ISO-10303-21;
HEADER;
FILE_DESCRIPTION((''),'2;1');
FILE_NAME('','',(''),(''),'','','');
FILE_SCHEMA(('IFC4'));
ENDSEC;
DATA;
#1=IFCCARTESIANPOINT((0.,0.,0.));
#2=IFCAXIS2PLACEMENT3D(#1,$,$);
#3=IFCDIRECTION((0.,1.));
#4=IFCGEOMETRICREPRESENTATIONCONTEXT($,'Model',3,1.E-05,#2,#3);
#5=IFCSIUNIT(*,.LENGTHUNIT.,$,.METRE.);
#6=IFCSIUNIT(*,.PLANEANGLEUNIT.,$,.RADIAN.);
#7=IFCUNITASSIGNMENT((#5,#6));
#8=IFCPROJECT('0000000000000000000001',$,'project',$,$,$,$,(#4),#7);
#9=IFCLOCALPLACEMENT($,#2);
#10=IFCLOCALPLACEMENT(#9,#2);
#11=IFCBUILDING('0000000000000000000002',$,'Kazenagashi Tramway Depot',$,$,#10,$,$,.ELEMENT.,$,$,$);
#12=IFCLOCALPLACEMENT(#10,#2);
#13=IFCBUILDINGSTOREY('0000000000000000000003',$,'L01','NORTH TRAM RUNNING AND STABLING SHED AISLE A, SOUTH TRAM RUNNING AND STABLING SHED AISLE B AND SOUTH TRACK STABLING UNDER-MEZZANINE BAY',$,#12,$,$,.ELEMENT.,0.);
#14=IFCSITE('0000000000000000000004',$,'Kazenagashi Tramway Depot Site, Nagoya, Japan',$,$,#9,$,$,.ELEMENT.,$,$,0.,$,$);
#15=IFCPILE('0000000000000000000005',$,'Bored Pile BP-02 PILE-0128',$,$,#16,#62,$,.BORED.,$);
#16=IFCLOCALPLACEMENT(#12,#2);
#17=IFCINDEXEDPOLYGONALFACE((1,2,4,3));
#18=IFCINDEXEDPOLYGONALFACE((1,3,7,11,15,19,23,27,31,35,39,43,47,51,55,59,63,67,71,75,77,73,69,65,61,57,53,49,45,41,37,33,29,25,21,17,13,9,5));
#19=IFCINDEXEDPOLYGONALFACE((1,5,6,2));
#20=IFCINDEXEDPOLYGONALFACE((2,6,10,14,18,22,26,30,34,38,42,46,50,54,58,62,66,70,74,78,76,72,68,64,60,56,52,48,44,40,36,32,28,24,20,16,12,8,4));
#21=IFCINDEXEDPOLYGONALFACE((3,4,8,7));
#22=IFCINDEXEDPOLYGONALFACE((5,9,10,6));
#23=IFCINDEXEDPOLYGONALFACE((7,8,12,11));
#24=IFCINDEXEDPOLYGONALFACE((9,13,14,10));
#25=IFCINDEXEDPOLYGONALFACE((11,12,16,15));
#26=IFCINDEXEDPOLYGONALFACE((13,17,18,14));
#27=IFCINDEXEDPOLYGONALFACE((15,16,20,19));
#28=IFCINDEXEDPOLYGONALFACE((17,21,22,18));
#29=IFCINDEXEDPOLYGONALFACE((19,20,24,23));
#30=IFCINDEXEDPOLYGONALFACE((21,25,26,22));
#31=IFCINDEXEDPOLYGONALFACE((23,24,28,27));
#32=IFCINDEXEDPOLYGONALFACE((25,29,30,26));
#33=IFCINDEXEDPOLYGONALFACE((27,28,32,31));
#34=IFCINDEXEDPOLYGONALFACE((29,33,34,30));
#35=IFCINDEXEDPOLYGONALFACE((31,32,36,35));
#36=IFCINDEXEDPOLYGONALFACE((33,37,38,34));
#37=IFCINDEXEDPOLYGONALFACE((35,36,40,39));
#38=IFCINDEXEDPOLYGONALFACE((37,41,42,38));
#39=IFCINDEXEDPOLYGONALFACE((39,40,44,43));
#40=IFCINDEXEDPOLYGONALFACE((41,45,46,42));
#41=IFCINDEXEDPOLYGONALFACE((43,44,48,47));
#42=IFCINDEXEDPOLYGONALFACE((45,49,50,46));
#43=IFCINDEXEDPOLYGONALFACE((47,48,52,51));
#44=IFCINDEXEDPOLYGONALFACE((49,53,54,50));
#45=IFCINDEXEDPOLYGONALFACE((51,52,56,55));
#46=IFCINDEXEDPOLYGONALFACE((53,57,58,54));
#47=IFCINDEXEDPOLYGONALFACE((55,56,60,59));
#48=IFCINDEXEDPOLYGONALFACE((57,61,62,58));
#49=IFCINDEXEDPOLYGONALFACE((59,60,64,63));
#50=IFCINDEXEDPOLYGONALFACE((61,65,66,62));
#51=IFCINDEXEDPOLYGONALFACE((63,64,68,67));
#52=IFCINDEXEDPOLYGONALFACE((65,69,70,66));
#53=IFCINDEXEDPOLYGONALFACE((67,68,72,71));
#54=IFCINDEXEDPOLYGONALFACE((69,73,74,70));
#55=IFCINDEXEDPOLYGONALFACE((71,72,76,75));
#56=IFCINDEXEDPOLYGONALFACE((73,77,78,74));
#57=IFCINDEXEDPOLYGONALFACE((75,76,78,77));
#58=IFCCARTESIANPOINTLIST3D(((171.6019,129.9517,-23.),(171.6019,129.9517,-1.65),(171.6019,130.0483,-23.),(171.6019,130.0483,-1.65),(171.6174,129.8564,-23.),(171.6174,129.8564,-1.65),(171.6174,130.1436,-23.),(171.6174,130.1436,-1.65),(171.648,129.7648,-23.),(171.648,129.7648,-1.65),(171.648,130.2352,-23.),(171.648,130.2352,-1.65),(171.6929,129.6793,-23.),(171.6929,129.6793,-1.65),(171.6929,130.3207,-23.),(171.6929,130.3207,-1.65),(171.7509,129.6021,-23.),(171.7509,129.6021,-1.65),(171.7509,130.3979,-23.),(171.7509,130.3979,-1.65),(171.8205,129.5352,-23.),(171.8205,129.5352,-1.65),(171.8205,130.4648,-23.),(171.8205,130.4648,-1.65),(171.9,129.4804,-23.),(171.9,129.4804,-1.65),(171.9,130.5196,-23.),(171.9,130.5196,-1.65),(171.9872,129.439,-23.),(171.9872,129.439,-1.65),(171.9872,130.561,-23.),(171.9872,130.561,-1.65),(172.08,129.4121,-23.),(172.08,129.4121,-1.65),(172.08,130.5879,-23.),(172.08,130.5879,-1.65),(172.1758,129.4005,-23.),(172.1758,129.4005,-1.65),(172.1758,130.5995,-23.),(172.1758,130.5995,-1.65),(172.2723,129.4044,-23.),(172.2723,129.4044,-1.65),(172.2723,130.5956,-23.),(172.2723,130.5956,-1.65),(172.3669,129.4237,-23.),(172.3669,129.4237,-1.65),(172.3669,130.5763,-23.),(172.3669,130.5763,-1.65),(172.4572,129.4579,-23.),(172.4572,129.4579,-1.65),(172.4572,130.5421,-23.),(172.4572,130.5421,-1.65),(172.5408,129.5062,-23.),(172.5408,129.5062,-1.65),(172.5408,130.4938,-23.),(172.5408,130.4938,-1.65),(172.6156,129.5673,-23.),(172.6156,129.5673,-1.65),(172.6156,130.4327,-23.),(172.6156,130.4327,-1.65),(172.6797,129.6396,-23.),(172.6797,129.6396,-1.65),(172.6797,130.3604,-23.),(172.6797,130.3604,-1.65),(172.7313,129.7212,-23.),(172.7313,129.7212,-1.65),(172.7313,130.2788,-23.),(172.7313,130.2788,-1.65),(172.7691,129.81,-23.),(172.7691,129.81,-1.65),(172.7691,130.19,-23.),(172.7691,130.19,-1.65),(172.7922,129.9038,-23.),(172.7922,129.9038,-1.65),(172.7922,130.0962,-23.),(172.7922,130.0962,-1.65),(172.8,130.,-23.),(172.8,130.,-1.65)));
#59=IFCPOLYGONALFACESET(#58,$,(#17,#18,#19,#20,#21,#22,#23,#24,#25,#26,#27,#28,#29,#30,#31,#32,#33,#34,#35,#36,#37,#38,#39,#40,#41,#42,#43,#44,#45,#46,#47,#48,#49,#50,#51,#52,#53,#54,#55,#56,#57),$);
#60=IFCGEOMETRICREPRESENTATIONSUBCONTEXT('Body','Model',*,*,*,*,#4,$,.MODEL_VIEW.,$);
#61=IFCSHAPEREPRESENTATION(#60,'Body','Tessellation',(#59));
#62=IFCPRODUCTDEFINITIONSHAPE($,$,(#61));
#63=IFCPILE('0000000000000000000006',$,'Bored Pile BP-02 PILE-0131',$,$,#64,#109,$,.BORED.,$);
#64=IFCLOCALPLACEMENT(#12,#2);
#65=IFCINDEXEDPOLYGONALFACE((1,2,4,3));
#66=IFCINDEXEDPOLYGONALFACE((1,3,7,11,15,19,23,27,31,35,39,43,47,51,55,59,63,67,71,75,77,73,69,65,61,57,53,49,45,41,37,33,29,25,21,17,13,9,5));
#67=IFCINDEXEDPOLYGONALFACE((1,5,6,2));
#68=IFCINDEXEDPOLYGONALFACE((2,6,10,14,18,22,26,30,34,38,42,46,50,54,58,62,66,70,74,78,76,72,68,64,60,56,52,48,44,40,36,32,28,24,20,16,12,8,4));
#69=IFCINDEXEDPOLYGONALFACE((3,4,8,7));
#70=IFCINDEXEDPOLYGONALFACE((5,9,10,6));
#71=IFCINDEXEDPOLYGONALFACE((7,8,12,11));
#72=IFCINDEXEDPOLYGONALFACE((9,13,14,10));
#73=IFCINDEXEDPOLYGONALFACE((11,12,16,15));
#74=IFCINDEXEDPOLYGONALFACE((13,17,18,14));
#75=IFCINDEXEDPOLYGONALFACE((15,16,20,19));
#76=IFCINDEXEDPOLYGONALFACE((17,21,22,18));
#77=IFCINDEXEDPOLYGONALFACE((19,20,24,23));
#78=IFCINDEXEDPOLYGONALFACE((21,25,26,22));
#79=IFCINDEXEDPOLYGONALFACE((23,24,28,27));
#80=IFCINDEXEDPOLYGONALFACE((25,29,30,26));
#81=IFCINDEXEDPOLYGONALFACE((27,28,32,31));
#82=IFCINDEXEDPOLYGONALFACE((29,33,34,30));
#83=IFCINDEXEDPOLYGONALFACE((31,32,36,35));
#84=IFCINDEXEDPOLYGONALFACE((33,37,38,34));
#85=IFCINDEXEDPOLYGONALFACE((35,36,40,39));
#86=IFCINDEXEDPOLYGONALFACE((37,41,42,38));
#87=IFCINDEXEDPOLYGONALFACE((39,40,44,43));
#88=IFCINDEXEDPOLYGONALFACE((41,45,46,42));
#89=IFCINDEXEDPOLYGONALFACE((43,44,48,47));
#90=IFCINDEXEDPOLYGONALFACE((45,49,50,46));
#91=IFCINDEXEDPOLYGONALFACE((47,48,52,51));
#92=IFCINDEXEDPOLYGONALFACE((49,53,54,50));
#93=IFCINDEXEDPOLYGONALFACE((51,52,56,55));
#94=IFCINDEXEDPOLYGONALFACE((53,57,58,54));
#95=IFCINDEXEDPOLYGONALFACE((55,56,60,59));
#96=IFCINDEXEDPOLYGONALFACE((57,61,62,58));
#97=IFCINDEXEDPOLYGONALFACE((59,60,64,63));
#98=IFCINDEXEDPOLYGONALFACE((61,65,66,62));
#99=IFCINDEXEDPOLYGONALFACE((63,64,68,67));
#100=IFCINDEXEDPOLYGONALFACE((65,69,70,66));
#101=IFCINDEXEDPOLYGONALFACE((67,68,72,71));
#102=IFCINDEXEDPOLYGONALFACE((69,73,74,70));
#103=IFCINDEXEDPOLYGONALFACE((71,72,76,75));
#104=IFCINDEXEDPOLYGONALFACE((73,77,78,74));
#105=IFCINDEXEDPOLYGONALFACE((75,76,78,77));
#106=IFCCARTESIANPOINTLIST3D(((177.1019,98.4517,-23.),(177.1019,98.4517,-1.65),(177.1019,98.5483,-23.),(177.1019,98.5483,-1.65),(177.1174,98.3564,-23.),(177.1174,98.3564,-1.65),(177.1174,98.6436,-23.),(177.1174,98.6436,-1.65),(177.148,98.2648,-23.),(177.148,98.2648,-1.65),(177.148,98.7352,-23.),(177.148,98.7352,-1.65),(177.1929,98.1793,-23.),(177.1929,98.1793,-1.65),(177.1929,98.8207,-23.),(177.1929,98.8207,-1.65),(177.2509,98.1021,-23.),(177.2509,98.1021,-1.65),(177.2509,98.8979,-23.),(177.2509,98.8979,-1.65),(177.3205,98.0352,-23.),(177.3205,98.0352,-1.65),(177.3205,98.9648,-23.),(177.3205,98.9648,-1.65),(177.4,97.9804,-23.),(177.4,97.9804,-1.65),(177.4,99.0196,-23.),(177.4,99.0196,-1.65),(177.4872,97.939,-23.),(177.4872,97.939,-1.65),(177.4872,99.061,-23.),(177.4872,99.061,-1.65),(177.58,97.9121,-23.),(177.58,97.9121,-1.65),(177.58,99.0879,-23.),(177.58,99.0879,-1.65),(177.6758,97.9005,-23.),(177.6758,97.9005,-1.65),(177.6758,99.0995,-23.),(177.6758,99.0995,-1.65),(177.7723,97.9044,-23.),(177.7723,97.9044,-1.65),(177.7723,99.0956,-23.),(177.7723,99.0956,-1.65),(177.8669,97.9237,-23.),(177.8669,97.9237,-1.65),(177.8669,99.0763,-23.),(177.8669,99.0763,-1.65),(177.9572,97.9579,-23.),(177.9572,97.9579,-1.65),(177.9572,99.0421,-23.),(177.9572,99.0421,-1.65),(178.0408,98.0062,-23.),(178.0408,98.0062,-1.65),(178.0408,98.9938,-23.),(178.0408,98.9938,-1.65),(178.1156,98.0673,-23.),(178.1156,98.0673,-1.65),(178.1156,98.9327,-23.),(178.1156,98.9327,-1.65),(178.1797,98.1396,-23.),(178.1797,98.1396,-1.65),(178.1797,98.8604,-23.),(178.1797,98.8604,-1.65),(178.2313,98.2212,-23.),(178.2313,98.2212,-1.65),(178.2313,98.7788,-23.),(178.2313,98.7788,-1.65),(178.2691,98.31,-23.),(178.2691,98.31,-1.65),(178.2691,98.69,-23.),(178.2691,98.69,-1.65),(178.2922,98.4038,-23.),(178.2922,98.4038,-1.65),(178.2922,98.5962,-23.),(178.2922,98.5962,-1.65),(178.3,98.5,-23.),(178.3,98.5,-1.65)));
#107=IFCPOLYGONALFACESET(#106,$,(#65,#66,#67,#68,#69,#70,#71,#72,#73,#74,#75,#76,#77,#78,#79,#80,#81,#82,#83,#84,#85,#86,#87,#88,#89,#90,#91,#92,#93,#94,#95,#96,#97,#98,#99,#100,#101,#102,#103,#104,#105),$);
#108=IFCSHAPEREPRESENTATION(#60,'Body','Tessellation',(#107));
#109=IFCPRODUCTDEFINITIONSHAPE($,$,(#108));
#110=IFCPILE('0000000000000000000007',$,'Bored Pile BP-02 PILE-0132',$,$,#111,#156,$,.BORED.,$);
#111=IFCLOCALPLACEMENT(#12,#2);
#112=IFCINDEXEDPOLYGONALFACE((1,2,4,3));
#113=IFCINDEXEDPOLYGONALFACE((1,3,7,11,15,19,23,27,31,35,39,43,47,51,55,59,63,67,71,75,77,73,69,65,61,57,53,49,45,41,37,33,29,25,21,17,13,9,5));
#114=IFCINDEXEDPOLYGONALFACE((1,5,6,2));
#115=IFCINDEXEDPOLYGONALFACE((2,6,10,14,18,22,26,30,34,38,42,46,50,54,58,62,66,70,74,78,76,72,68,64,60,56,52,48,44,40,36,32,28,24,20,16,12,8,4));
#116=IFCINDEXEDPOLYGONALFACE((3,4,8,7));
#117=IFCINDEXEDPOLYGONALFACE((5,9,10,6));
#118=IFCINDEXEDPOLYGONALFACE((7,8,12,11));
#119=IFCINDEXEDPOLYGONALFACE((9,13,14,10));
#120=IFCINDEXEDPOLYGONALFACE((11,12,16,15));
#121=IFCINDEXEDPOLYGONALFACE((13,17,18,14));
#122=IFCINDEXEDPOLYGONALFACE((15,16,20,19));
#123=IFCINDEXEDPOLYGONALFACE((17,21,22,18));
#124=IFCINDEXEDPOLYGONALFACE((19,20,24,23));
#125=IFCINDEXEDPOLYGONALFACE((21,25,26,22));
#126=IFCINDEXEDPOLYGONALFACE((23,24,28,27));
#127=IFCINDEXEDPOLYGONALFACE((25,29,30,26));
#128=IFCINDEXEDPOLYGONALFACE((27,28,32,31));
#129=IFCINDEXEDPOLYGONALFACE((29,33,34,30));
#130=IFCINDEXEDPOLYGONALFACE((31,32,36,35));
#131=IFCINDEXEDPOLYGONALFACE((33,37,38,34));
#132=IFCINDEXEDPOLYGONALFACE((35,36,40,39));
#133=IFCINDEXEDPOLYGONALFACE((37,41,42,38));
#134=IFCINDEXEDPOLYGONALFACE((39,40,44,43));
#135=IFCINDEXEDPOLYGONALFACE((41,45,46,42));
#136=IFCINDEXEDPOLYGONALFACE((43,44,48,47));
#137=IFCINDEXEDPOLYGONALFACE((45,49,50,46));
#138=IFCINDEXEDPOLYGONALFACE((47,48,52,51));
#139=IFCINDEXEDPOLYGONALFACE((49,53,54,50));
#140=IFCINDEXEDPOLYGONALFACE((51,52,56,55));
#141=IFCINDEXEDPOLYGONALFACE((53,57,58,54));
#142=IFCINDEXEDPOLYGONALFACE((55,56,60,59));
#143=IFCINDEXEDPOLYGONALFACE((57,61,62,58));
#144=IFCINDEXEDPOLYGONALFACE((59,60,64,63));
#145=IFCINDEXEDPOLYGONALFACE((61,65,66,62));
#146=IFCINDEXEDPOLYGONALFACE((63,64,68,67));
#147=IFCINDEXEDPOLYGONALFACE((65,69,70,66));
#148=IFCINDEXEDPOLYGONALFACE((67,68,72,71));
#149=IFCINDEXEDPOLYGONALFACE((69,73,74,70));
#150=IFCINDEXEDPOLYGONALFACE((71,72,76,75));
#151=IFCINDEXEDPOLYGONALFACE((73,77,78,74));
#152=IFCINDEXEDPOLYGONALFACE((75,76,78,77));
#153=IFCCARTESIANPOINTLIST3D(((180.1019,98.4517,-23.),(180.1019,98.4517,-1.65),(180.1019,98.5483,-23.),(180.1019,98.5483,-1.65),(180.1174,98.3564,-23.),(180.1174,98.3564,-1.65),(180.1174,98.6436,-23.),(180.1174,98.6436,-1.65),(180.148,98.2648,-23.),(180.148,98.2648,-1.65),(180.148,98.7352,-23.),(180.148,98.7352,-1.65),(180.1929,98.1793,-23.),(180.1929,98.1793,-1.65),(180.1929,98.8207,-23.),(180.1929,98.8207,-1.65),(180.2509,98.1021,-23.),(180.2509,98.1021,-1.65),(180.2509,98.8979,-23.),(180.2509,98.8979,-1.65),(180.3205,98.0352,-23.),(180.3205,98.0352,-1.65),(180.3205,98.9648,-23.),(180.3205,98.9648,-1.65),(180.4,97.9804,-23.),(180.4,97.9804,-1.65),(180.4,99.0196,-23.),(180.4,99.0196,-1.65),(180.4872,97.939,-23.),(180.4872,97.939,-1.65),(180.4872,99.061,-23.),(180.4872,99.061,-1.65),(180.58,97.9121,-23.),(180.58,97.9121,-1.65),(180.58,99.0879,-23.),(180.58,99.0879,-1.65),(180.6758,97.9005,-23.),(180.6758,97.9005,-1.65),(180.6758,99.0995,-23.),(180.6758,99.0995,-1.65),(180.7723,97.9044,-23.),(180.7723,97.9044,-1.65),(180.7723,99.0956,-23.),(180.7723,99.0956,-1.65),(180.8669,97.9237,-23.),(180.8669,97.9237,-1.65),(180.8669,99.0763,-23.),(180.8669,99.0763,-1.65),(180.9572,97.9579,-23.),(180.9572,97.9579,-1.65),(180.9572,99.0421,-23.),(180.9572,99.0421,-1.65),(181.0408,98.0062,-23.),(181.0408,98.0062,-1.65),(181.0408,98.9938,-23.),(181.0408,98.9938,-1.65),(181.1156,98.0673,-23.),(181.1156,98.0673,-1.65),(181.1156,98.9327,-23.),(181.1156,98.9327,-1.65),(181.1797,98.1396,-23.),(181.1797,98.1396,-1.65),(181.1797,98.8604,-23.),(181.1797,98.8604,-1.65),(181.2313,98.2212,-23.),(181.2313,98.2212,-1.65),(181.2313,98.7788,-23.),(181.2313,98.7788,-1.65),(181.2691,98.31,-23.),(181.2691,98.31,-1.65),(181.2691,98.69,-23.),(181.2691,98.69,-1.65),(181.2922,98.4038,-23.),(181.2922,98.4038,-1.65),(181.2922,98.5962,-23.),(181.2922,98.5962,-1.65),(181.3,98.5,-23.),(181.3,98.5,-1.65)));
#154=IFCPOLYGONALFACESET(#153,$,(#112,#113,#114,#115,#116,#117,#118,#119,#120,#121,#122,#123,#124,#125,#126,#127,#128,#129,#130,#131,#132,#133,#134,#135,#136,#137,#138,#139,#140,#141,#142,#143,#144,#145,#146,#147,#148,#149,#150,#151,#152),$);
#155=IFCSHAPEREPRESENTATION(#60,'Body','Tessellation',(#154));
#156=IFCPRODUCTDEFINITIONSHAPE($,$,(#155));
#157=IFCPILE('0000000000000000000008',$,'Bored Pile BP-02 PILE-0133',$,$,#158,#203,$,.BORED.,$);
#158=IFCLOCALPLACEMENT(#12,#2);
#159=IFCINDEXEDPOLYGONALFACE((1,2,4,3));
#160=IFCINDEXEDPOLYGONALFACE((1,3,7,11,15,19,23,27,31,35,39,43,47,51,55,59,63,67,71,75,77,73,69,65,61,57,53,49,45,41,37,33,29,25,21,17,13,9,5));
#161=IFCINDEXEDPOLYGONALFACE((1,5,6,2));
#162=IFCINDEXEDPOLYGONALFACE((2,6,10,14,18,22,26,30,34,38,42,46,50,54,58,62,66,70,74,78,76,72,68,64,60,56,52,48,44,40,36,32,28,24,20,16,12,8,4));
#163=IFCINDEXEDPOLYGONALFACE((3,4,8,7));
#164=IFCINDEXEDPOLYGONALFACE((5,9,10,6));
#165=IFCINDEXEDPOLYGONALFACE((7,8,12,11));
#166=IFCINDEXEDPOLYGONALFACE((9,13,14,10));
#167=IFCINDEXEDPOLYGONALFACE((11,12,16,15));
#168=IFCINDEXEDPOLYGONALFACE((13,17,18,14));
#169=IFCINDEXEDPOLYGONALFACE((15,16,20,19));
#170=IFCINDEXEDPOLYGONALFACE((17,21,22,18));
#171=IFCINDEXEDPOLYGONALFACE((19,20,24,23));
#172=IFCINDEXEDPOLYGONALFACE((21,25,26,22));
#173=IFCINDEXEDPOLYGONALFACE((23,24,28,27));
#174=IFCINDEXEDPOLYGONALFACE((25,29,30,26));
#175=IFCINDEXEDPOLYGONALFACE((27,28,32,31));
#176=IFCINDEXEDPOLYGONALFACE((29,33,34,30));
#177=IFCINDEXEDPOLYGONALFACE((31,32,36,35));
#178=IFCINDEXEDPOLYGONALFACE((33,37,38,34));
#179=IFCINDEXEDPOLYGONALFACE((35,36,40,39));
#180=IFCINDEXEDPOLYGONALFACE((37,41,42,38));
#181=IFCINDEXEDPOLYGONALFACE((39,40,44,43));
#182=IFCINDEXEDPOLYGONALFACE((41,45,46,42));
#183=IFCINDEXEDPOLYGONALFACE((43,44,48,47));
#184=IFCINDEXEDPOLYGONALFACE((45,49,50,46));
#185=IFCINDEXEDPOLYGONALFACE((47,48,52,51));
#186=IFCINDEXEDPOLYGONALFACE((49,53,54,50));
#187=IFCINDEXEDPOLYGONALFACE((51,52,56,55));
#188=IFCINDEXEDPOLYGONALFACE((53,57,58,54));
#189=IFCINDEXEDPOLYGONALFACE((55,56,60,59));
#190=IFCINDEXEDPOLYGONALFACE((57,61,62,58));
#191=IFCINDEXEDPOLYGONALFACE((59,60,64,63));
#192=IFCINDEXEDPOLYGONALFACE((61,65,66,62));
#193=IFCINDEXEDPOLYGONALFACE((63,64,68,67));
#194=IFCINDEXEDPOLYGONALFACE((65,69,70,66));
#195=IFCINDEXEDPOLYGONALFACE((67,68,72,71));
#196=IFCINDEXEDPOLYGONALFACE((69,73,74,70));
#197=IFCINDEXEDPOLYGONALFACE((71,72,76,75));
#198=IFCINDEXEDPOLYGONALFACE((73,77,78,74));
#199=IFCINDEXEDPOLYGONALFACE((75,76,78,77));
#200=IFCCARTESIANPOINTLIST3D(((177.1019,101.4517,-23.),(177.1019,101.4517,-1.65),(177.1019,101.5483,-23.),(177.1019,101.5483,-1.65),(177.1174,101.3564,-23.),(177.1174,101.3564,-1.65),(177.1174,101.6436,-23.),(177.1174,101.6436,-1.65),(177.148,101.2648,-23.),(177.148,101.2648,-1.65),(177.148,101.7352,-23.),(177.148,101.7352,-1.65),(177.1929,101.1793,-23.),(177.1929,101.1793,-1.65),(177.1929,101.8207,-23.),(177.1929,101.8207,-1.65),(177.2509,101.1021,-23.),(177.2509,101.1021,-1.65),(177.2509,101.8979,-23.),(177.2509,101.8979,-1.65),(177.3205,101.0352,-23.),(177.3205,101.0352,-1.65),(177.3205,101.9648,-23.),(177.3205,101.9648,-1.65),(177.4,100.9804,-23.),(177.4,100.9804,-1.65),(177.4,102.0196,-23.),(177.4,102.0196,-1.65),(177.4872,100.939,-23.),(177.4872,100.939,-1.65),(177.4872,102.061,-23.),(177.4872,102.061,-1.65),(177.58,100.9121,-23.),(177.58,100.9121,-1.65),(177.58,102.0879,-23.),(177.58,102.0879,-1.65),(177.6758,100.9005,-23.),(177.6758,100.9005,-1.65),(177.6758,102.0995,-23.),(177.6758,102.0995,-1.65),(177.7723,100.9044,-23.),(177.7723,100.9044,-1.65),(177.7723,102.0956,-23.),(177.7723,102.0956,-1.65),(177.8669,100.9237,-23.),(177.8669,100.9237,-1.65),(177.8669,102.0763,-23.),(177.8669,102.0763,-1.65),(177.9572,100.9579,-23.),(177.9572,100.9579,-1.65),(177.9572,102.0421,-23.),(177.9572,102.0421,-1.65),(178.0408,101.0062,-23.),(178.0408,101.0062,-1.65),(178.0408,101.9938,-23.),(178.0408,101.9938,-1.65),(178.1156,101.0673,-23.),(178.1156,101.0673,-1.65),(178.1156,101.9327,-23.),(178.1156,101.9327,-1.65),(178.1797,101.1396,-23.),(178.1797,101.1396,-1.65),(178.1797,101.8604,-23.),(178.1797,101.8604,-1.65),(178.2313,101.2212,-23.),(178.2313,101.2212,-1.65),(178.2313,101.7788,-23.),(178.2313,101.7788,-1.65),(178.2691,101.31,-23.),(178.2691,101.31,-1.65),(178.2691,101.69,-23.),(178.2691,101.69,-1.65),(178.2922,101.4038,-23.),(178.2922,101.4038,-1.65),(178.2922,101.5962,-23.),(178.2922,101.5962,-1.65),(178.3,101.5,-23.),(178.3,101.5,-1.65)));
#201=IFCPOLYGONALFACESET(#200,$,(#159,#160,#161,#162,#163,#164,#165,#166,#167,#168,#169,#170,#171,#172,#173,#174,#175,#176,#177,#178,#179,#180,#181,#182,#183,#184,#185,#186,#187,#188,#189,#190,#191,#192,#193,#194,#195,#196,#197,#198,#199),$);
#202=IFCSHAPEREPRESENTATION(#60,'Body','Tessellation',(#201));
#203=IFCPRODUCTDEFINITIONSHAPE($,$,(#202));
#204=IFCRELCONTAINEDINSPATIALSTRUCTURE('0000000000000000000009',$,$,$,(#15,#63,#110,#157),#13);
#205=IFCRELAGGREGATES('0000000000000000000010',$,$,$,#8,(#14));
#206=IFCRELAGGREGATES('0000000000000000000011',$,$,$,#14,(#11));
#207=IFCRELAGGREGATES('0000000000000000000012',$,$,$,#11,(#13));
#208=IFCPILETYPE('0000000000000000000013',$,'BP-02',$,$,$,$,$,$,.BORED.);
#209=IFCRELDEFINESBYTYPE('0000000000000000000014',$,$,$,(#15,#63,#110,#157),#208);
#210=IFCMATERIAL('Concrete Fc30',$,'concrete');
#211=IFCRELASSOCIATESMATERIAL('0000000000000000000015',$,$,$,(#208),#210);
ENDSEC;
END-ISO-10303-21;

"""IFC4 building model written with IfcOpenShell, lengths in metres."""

from ifc_helpers import new_model, si_unit, direction, frame, origin, origin_2d, place, context, subcontext, project, spatial, circle, extrude, material, material_profile, profile_set, type_object, element, save


model = new_model("IFC4")

# Units and contexts
model_context = context("Model", 3, precision=1e-05, world=origin(), true_north=direction((0.0, 1.0)))
body_context = subcontext(model_context, "Body", "Model", "MODEL_VIEW")
ifc_project = project(units=[si_unit("LENGTHUNIT", "METRE"), si_unit("PLANEANGLEUNIT", "RADIAN")], contexts=[model_context])

# Site, building, storey
site_placement = place(None, origin())
site = spatial("IfcSite", under=ifc_project, at=site_placement, Name="Kazenagashi Tramway Depot Site, Nagoya, Japan", CompositionType="ELEMENT", RefElevation=0.0)
building_placement = place(site_placement, origin())
building = spatial("IfcBuilding", under=site, at=building_placement, Name="Kazenagashi Tramway Depot", CompositionType="ELEMENT")
storey_placement = place(building_placement, origin())
storey = spatial("IfcBuildingStorey", under=building, at=storey_placement, Name="L01", Description="NORTH TRAM RUNNING AND STABLING SHED AISLE A, SOUTH TRAM RUNNING AND STABLING SHED AISLE B AND SOUTH TRACK STABLING UNDER-MEZZANINE BAY", CompositionType="ELEMENT", Elevation=0.0)

# Piles
ifc_material_1 = material(Name="Concrete Fc30", Category="concrete")
ifc_material_profile_1 = material_profile(ifc_material_1, circle(Radius=0.6, at=origin_2d()), Name="PILE-1200")
ifc_profile_set_1 = profile_set([ifc_material_profile_1], Name="Concrete Fc30")
pile_type = type_object("IfcPileType", Name="BP-02", PredefinedType="BORED", material=ifc_profile_set_1)
for number, where, z_axis, x_axis, name in (
    (1, (172.2, 130.0, -1.65), (0.0, 0.0, -1.0), (1.0, 0.0, 0.0), "Bored Pile BP-02 PILE-0128"),
    (2, (177.7, 98.5, -1.65), (0.0, 0.0, -1.0), (1.0, 0.0, 0.0), "Bored Pile BP-02 PILE-0131"),
    (3, (180.7, 98.5, -1.65), (0.0, 0.0, -1.0), (1.0, 0.0, 0.0), "Bored Pile BP-02 PILE-0132"),
    (4, (177.7, 101.5, -1.65), (0.0, 0.0, -1.0), (1.0, 0.0, 0.0), "Bored Pile BP-02 PILE-0133"),
):
    element("IfcPile", number, at=place(storey_placement, frame(where, z_axis=z_axis, x_axis=x_axis)), inside=storey, type_object=pile_type, Name=name, PredefinedType="BORED", context=body_context, shape_type="SweptSolid", body=[
        extrude(circle(Radius=0.6, at=origin_2d()), origin(), (0.0, 0.0, 1.0), 21.35),
    ])

save(model, "model.ifc")
